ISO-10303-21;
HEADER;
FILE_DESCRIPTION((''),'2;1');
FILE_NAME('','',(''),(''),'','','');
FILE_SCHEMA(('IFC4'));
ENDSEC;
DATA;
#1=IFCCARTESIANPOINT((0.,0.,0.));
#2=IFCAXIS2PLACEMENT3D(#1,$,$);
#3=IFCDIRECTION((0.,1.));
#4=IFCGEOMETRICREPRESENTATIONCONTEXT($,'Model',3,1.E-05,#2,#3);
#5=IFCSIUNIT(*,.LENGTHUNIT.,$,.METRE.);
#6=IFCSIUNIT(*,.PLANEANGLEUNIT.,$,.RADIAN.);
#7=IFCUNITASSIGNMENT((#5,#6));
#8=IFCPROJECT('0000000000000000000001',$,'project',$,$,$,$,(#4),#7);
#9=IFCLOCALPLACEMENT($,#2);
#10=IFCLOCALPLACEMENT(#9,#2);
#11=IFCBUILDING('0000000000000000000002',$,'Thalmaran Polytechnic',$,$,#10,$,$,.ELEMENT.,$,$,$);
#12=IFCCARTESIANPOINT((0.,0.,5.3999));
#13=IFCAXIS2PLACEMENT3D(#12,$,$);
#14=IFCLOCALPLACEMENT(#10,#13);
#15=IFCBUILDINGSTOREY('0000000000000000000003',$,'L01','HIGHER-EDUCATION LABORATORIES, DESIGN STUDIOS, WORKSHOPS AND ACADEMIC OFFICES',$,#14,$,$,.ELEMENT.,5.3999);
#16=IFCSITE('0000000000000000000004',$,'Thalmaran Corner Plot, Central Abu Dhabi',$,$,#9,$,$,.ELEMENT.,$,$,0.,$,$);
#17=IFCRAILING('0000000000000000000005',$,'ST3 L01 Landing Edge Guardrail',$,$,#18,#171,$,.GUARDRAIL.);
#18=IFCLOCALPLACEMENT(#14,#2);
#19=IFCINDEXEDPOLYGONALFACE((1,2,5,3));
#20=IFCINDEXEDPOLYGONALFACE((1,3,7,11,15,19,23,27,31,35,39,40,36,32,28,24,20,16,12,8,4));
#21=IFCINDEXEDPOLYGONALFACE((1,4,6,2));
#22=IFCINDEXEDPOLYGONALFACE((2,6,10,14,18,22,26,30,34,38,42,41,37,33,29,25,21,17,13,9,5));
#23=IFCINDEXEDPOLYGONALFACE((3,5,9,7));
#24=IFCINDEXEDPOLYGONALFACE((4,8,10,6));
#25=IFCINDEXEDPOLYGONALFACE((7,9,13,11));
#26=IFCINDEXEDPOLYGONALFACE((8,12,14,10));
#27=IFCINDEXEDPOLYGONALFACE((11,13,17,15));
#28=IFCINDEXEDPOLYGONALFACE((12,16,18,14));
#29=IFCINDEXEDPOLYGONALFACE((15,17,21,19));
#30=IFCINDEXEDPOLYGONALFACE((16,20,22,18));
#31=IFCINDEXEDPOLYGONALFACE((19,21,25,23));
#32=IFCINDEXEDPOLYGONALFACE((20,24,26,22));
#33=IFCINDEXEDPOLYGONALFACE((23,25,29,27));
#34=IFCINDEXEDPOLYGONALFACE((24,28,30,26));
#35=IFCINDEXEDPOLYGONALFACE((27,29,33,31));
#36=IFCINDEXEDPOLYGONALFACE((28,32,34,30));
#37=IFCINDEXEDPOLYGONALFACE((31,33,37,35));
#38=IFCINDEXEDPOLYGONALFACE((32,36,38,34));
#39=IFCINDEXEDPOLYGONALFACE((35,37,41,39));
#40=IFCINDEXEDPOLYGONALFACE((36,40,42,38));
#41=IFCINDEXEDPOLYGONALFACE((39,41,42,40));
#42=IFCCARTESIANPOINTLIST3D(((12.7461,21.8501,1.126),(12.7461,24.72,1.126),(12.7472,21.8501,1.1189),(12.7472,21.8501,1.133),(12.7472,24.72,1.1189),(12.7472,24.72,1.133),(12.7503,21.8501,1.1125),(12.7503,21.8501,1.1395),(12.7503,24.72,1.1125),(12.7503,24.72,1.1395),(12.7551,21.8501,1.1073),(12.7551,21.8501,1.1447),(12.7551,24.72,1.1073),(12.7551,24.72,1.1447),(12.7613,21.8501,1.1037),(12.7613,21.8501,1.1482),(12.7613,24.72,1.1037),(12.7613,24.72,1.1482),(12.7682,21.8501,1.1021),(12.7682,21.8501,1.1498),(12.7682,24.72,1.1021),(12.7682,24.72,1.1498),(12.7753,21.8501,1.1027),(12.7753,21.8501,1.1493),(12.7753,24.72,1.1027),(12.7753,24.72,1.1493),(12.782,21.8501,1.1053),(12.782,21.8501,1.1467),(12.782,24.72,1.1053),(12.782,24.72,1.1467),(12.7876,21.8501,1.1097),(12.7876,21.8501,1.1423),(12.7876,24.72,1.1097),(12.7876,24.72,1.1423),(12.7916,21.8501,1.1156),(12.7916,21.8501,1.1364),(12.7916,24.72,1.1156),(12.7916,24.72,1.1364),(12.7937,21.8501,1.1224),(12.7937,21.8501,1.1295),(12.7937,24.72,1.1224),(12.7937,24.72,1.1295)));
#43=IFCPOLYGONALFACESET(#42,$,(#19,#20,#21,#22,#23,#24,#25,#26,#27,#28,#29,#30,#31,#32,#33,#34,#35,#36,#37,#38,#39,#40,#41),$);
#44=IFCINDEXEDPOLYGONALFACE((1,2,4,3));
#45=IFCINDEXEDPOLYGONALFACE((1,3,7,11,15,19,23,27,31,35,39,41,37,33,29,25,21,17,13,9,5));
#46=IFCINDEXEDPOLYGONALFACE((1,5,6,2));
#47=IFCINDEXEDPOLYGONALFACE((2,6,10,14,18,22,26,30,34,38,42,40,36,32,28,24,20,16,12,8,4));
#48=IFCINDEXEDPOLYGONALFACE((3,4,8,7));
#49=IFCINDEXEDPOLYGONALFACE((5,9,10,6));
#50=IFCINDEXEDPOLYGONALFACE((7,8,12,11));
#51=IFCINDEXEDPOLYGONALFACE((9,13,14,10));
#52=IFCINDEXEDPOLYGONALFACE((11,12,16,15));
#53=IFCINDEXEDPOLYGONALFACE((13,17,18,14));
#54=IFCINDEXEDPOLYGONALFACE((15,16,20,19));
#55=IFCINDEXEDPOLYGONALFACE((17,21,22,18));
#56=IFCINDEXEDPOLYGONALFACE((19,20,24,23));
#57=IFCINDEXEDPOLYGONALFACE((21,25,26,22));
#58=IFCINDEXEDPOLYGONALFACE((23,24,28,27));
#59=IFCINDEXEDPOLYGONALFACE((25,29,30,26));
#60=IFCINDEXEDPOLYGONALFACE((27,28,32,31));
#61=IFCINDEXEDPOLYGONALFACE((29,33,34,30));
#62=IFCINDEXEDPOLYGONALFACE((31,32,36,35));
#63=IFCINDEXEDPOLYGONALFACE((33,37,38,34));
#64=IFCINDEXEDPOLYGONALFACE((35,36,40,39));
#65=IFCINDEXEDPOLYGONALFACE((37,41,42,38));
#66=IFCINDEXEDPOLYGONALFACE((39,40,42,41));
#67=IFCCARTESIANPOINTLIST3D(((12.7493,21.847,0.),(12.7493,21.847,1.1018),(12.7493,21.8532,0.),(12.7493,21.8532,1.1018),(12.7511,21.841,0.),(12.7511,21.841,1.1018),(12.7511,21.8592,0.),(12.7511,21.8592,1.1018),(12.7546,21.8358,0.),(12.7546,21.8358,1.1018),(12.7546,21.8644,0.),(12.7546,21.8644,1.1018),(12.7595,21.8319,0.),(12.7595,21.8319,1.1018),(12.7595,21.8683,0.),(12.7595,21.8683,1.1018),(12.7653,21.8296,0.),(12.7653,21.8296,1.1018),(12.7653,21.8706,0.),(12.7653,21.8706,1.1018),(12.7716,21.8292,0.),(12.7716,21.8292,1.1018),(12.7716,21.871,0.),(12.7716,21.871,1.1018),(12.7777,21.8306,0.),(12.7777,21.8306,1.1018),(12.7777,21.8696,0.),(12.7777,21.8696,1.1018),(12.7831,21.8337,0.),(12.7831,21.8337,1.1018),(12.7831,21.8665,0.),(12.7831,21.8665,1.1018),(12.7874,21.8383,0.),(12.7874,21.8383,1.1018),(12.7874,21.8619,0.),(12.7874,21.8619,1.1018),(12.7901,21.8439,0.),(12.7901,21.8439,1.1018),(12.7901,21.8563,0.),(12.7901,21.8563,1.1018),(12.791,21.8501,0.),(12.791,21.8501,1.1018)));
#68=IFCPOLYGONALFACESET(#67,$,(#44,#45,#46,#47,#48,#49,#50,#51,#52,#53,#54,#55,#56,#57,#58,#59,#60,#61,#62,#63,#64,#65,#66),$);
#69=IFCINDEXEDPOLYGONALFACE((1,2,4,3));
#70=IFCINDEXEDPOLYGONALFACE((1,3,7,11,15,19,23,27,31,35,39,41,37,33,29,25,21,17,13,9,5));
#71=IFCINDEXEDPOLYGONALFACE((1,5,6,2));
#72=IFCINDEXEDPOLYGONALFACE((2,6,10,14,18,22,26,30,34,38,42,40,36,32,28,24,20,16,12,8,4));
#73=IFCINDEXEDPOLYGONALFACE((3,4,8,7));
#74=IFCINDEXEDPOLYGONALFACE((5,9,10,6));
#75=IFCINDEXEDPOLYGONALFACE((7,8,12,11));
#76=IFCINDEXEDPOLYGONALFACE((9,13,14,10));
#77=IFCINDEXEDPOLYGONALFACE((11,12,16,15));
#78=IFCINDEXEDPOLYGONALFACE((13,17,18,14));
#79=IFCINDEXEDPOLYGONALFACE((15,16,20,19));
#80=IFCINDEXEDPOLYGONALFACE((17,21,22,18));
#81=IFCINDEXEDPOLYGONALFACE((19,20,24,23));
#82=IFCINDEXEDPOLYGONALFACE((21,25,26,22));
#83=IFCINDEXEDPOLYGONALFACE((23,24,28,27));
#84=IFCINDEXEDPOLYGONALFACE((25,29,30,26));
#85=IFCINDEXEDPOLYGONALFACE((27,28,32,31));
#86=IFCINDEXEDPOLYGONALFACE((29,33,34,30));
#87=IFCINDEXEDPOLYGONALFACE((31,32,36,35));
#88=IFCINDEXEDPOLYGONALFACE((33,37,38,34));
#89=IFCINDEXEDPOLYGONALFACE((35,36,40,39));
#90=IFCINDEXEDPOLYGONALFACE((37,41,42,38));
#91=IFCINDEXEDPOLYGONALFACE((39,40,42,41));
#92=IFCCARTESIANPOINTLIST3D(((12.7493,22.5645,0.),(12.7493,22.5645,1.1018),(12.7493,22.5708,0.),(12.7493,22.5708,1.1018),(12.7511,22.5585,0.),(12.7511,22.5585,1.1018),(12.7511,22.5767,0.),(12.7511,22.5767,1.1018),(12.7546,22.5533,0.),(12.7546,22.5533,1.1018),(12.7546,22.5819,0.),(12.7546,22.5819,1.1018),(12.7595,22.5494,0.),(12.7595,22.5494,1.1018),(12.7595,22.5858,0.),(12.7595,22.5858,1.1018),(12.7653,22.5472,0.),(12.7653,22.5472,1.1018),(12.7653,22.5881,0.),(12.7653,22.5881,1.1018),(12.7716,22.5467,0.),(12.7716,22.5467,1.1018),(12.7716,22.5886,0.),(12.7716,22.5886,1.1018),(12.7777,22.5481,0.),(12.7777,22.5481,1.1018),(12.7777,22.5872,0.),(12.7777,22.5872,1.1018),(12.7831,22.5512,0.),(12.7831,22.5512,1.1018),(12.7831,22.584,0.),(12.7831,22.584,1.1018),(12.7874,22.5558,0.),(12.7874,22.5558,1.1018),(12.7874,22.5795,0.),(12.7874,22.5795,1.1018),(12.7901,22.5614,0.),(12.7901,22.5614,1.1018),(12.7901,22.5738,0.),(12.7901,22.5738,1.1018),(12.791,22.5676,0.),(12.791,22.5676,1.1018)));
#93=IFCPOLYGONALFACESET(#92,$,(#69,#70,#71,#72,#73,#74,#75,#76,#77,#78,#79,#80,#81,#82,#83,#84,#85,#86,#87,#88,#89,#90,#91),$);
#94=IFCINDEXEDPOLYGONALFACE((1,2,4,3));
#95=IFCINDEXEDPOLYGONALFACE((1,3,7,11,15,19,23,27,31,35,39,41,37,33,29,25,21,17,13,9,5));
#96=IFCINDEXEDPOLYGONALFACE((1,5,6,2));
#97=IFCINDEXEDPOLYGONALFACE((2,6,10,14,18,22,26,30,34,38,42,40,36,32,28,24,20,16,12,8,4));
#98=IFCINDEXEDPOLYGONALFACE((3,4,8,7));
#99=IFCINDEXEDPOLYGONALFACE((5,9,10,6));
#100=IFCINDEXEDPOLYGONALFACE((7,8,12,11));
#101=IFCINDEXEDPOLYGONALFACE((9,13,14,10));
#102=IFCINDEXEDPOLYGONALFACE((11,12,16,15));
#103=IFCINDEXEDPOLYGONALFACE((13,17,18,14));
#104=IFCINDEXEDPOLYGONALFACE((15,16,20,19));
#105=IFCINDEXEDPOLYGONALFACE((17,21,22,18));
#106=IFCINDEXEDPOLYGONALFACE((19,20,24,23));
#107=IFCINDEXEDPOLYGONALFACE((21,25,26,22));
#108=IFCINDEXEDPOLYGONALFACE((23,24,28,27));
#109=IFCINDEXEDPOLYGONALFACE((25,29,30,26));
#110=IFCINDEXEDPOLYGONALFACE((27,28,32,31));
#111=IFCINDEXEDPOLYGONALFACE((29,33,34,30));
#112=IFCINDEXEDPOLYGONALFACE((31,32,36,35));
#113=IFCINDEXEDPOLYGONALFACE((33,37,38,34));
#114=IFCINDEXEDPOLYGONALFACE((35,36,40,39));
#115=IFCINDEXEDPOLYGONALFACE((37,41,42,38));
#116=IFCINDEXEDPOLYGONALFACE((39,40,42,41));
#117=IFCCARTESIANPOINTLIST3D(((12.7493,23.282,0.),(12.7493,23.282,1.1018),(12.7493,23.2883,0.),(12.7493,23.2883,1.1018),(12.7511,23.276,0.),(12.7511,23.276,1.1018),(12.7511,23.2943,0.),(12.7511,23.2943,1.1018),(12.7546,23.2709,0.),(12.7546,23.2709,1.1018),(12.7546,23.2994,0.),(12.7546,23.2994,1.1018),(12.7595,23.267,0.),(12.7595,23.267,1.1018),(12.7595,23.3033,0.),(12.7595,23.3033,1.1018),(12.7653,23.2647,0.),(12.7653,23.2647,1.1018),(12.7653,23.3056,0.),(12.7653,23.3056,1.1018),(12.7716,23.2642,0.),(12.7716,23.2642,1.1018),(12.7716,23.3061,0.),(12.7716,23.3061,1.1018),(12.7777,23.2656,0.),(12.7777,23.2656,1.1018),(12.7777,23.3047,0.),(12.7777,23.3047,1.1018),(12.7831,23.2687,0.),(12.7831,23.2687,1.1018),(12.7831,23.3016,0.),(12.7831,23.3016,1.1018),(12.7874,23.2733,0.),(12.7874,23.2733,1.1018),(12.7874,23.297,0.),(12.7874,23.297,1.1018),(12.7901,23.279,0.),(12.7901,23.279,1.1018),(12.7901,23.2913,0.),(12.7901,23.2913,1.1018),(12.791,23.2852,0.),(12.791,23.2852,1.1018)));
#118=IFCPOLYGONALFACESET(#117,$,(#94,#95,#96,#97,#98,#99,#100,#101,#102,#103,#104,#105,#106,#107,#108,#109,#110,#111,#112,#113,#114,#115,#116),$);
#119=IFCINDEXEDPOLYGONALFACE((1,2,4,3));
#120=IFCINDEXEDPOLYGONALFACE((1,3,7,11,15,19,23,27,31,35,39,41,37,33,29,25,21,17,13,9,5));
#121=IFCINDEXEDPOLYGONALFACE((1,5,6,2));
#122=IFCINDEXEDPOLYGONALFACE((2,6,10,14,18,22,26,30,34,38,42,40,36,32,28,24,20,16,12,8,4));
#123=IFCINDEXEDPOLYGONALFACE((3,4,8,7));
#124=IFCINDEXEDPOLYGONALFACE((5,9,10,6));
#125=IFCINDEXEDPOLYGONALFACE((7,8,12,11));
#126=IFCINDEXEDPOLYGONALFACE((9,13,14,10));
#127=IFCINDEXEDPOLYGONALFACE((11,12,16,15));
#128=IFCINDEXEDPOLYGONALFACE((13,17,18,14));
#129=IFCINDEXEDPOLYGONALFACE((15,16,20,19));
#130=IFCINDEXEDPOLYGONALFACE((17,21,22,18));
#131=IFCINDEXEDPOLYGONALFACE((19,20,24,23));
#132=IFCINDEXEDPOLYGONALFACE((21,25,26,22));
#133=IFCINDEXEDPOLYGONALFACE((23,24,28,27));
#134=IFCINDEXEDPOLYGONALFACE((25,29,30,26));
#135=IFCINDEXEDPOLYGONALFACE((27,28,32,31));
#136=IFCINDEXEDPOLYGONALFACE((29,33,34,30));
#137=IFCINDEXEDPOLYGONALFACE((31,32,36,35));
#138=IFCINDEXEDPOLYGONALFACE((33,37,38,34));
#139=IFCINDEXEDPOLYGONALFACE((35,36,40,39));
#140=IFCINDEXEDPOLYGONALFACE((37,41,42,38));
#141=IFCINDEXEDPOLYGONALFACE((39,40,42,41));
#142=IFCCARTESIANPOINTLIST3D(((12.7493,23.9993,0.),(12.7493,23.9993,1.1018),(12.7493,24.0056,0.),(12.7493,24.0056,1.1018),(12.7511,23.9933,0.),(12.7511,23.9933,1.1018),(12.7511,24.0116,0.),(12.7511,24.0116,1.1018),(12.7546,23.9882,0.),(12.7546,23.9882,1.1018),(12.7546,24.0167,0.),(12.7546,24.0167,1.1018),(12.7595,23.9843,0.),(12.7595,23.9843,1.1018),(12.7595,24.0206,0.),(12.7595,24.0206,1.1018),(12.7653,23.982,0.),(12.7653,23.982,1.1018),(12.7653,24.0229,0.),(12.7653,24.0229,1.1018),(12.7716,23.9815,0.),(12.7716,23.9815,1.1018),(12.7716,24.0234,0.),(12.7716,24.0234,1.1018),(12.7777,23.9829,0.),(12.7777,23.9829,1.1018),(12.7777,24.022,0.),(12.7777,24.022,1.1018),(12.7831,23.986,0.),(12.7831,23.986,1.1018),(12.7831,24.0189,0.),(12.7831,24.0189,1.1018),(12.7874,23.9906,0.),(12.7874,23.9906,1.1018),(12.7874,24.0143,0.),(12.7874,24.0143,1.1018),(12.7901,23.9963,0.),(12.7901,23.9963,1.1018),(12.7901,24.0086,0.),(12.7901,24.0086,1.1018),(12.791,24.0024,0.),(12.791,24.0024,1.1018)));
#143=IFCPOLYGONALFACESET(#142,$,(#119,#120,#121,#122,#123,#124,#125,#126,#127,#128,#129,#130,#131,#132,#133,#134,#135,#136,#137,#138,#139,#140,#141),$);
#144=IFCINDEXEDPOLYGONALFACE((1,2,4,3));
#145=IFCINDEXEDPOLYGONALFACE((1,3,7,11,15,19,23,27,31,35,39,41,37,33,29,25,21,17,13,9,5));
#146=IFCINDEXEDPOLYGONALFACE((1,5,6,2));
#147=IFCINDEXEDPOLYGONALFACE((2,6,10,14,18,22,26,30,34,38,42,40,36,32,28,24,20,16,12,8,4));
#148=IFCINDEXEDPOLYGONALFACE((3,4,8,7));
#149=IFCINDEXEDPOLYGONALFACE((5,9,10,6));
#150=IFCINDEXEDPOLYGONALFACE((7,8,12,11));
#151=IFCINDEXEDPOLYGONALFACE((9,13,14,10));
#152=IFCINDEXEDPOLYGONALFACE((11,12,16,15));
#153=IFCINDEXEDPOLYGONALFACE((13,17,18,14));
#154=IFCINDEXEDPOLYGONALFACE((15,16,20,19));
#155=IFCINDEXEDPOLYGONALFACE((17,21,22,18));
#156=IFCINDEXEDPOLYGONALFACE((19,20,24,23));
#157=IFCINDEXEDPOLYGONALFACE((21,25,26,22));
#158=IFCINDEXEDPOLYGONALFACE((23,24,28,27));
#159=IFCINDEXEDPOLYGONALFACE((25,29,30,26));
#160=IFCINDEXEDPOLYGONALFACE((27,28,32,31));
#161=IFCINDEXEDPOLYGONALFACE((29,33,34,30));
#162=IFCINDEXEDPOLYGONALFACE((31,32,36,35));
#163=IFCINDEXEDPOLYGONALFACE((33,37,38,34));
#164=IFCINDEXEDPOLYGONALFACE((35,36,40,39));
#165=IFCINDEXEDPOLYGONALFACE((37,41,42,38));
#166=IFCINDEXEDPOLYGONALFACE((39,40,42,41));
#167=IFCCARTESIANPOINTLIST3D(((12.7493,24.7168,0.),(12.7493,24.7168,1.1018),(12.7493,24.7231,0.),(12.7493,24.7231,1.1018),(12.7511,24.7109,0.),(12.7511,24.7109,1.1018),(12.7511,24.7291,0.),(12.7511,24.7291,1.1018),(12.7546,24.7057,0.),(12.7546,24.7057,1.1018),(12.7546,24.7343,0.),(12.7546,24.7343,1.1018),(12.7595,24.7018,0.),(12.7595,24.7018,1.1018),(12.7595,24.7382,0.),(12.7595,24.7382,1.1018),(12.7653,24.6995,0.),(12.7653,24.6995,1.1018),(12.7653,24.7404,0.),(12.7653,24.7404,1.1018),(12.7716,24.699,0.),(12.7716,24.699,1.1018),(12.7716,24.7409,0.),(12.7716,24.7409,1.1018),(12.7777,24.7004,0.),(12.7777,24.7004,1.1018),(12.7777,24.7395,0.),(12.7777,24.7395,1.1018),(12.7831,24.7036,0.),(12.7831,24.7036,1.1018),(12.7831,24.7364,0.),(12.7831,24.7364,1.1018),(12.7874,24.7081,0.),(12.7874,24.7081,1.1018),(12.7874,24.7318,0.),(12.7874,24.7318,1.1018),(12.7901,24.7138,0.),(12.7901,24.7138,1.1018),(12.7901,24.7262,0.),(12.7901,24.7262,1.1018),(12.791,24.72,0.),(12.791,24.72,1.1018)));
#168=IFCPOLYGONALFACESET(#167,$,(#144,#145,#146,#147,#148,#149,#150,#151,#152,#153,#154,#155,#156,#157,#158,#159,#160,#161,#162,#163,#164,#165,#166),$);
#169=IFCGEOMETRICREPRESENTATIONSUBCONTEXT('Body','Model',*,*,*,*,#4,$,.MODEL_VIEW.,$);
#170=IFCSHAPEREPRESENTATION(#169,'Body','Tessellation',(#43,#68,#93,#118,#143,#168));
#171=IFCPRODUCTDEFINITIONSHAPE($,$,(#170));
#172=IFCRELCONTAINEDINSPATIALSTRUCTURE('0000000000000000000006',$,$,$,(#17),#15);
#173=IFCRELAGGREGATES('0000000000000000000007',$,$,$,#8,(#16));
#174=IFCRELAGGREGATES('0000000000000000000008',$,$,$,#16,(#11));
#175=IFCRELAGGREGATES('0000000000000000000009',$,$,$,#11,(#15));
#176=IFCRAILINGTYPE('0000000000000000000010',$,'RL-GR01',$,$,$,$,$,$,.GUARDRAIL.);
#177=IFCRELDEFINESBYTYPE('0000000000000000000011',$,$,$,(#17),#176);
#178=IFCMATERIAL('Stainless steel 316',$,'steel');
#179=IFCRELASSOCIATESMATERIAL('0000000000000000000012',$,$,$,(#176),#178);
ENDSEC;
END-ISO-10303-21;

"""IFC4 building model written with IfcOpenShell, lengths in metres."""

from ifc_helpers import new_model, si_unit, direction, frame, origin, origin_2d, place, context, subcontext, project, spatial, circle, extrude, material, type_object, element, save


model = new_model("IFC4")

# Units and contexts
model_context = context("Model", 3, precision=1e-05, world=origin(), true_north=direction((0.0, 1.0)))
body_context = subcontext(model_context, "Body", "Model", "MODEL_VIEW")
ifc_project = project(units=[si_unit("LENGTHUNIT", "METRE"), si_unit("PLANEANGLEUNIT", "RADIAN")], contexts=[model_context])

# Site, building, storey
site_placement = place(None, origin())
site = spatial("IfcSite", under=ifc_project, at=site_placement, Name="Thalmaran Corner Plot, Central Abu Dhabi", CompositionType="ELEMENT", RefElevation=0.0)
building_placement = place(site_placement, origin())
building = spatial("IfcBuilding", under=site, at=building_placement, Name="Thalmaran Polytechnic", CompositionType="ELEMENT")
storey_placement = place(building_placement, frame((0.0, 0.0, 5.3999)))
storey = spatial("IfcBuildingStorey", under=building, at=storey_placement, Name="L01", Description="HIGHER-EDUCATION LABORATORIES, DESIGN STUDIOS, WORKSHOPS AND ACADEMIC OFFICES", CompositionType="ELEMENT", Elevation=5.3999)

# Railing
ifc_material_1 = material(Name="Stainless steel 316", Category="steel")
railing_type = type_object("IfcRailingType", Name="RL-GR01", PredefinedType="GUARDRAIL", material=ifc_material_1)
railing_placement = place(storey_placement, frame((12.77, 21.8501, 0.0)))
element("IfcRailing", 1, at=railing_placement, inside=storey, type_object=railing_type, Name="ST3 L01 Landing Edge Guardrail", PredefinedType="GUARDRAIL", context=body_context, shape_type="SweptSolid", body=[
    extrude(circle(Radius=0.0239, at=origin_2d()), frame((0.0, 0.0, 1.126), z_axis=(0.0, 1.0, 0.0), x_axis=(-1.0, 0.0, 0.0)), (0.0, 0.0, 1.0), 2.8699),
    extrude(circle(Radius=0.021, at=origin_2d()), origin(), (0.0, 0.0, 1.0), 1.1018),
    extrude(circle(Radius=0.021, at=origin_2d()), frame((0.0, 0.7175, 0.0)), (0.0, 0.0, 1.0), 1.1018),
    extrude(circle(Radius=0.021, at=origin_2d()), frame((0.0, 1.4351, 0.0)), (0.0, 0.0, 1.0), 1.1018),
    extrude(circle(Radius=0.021, at=origin_2d()), frame((0.0, 2.1523, 0.0)), (0.0, 0.0, 1.0), 1.1018),
    extrude(circle(Radius=0.021, at=origin_2d()), frame((0.0, 2.8699, 0.0)), (0.0, 0.0, 1.0), 1.1018),
])

save(model, "model.ifc")
